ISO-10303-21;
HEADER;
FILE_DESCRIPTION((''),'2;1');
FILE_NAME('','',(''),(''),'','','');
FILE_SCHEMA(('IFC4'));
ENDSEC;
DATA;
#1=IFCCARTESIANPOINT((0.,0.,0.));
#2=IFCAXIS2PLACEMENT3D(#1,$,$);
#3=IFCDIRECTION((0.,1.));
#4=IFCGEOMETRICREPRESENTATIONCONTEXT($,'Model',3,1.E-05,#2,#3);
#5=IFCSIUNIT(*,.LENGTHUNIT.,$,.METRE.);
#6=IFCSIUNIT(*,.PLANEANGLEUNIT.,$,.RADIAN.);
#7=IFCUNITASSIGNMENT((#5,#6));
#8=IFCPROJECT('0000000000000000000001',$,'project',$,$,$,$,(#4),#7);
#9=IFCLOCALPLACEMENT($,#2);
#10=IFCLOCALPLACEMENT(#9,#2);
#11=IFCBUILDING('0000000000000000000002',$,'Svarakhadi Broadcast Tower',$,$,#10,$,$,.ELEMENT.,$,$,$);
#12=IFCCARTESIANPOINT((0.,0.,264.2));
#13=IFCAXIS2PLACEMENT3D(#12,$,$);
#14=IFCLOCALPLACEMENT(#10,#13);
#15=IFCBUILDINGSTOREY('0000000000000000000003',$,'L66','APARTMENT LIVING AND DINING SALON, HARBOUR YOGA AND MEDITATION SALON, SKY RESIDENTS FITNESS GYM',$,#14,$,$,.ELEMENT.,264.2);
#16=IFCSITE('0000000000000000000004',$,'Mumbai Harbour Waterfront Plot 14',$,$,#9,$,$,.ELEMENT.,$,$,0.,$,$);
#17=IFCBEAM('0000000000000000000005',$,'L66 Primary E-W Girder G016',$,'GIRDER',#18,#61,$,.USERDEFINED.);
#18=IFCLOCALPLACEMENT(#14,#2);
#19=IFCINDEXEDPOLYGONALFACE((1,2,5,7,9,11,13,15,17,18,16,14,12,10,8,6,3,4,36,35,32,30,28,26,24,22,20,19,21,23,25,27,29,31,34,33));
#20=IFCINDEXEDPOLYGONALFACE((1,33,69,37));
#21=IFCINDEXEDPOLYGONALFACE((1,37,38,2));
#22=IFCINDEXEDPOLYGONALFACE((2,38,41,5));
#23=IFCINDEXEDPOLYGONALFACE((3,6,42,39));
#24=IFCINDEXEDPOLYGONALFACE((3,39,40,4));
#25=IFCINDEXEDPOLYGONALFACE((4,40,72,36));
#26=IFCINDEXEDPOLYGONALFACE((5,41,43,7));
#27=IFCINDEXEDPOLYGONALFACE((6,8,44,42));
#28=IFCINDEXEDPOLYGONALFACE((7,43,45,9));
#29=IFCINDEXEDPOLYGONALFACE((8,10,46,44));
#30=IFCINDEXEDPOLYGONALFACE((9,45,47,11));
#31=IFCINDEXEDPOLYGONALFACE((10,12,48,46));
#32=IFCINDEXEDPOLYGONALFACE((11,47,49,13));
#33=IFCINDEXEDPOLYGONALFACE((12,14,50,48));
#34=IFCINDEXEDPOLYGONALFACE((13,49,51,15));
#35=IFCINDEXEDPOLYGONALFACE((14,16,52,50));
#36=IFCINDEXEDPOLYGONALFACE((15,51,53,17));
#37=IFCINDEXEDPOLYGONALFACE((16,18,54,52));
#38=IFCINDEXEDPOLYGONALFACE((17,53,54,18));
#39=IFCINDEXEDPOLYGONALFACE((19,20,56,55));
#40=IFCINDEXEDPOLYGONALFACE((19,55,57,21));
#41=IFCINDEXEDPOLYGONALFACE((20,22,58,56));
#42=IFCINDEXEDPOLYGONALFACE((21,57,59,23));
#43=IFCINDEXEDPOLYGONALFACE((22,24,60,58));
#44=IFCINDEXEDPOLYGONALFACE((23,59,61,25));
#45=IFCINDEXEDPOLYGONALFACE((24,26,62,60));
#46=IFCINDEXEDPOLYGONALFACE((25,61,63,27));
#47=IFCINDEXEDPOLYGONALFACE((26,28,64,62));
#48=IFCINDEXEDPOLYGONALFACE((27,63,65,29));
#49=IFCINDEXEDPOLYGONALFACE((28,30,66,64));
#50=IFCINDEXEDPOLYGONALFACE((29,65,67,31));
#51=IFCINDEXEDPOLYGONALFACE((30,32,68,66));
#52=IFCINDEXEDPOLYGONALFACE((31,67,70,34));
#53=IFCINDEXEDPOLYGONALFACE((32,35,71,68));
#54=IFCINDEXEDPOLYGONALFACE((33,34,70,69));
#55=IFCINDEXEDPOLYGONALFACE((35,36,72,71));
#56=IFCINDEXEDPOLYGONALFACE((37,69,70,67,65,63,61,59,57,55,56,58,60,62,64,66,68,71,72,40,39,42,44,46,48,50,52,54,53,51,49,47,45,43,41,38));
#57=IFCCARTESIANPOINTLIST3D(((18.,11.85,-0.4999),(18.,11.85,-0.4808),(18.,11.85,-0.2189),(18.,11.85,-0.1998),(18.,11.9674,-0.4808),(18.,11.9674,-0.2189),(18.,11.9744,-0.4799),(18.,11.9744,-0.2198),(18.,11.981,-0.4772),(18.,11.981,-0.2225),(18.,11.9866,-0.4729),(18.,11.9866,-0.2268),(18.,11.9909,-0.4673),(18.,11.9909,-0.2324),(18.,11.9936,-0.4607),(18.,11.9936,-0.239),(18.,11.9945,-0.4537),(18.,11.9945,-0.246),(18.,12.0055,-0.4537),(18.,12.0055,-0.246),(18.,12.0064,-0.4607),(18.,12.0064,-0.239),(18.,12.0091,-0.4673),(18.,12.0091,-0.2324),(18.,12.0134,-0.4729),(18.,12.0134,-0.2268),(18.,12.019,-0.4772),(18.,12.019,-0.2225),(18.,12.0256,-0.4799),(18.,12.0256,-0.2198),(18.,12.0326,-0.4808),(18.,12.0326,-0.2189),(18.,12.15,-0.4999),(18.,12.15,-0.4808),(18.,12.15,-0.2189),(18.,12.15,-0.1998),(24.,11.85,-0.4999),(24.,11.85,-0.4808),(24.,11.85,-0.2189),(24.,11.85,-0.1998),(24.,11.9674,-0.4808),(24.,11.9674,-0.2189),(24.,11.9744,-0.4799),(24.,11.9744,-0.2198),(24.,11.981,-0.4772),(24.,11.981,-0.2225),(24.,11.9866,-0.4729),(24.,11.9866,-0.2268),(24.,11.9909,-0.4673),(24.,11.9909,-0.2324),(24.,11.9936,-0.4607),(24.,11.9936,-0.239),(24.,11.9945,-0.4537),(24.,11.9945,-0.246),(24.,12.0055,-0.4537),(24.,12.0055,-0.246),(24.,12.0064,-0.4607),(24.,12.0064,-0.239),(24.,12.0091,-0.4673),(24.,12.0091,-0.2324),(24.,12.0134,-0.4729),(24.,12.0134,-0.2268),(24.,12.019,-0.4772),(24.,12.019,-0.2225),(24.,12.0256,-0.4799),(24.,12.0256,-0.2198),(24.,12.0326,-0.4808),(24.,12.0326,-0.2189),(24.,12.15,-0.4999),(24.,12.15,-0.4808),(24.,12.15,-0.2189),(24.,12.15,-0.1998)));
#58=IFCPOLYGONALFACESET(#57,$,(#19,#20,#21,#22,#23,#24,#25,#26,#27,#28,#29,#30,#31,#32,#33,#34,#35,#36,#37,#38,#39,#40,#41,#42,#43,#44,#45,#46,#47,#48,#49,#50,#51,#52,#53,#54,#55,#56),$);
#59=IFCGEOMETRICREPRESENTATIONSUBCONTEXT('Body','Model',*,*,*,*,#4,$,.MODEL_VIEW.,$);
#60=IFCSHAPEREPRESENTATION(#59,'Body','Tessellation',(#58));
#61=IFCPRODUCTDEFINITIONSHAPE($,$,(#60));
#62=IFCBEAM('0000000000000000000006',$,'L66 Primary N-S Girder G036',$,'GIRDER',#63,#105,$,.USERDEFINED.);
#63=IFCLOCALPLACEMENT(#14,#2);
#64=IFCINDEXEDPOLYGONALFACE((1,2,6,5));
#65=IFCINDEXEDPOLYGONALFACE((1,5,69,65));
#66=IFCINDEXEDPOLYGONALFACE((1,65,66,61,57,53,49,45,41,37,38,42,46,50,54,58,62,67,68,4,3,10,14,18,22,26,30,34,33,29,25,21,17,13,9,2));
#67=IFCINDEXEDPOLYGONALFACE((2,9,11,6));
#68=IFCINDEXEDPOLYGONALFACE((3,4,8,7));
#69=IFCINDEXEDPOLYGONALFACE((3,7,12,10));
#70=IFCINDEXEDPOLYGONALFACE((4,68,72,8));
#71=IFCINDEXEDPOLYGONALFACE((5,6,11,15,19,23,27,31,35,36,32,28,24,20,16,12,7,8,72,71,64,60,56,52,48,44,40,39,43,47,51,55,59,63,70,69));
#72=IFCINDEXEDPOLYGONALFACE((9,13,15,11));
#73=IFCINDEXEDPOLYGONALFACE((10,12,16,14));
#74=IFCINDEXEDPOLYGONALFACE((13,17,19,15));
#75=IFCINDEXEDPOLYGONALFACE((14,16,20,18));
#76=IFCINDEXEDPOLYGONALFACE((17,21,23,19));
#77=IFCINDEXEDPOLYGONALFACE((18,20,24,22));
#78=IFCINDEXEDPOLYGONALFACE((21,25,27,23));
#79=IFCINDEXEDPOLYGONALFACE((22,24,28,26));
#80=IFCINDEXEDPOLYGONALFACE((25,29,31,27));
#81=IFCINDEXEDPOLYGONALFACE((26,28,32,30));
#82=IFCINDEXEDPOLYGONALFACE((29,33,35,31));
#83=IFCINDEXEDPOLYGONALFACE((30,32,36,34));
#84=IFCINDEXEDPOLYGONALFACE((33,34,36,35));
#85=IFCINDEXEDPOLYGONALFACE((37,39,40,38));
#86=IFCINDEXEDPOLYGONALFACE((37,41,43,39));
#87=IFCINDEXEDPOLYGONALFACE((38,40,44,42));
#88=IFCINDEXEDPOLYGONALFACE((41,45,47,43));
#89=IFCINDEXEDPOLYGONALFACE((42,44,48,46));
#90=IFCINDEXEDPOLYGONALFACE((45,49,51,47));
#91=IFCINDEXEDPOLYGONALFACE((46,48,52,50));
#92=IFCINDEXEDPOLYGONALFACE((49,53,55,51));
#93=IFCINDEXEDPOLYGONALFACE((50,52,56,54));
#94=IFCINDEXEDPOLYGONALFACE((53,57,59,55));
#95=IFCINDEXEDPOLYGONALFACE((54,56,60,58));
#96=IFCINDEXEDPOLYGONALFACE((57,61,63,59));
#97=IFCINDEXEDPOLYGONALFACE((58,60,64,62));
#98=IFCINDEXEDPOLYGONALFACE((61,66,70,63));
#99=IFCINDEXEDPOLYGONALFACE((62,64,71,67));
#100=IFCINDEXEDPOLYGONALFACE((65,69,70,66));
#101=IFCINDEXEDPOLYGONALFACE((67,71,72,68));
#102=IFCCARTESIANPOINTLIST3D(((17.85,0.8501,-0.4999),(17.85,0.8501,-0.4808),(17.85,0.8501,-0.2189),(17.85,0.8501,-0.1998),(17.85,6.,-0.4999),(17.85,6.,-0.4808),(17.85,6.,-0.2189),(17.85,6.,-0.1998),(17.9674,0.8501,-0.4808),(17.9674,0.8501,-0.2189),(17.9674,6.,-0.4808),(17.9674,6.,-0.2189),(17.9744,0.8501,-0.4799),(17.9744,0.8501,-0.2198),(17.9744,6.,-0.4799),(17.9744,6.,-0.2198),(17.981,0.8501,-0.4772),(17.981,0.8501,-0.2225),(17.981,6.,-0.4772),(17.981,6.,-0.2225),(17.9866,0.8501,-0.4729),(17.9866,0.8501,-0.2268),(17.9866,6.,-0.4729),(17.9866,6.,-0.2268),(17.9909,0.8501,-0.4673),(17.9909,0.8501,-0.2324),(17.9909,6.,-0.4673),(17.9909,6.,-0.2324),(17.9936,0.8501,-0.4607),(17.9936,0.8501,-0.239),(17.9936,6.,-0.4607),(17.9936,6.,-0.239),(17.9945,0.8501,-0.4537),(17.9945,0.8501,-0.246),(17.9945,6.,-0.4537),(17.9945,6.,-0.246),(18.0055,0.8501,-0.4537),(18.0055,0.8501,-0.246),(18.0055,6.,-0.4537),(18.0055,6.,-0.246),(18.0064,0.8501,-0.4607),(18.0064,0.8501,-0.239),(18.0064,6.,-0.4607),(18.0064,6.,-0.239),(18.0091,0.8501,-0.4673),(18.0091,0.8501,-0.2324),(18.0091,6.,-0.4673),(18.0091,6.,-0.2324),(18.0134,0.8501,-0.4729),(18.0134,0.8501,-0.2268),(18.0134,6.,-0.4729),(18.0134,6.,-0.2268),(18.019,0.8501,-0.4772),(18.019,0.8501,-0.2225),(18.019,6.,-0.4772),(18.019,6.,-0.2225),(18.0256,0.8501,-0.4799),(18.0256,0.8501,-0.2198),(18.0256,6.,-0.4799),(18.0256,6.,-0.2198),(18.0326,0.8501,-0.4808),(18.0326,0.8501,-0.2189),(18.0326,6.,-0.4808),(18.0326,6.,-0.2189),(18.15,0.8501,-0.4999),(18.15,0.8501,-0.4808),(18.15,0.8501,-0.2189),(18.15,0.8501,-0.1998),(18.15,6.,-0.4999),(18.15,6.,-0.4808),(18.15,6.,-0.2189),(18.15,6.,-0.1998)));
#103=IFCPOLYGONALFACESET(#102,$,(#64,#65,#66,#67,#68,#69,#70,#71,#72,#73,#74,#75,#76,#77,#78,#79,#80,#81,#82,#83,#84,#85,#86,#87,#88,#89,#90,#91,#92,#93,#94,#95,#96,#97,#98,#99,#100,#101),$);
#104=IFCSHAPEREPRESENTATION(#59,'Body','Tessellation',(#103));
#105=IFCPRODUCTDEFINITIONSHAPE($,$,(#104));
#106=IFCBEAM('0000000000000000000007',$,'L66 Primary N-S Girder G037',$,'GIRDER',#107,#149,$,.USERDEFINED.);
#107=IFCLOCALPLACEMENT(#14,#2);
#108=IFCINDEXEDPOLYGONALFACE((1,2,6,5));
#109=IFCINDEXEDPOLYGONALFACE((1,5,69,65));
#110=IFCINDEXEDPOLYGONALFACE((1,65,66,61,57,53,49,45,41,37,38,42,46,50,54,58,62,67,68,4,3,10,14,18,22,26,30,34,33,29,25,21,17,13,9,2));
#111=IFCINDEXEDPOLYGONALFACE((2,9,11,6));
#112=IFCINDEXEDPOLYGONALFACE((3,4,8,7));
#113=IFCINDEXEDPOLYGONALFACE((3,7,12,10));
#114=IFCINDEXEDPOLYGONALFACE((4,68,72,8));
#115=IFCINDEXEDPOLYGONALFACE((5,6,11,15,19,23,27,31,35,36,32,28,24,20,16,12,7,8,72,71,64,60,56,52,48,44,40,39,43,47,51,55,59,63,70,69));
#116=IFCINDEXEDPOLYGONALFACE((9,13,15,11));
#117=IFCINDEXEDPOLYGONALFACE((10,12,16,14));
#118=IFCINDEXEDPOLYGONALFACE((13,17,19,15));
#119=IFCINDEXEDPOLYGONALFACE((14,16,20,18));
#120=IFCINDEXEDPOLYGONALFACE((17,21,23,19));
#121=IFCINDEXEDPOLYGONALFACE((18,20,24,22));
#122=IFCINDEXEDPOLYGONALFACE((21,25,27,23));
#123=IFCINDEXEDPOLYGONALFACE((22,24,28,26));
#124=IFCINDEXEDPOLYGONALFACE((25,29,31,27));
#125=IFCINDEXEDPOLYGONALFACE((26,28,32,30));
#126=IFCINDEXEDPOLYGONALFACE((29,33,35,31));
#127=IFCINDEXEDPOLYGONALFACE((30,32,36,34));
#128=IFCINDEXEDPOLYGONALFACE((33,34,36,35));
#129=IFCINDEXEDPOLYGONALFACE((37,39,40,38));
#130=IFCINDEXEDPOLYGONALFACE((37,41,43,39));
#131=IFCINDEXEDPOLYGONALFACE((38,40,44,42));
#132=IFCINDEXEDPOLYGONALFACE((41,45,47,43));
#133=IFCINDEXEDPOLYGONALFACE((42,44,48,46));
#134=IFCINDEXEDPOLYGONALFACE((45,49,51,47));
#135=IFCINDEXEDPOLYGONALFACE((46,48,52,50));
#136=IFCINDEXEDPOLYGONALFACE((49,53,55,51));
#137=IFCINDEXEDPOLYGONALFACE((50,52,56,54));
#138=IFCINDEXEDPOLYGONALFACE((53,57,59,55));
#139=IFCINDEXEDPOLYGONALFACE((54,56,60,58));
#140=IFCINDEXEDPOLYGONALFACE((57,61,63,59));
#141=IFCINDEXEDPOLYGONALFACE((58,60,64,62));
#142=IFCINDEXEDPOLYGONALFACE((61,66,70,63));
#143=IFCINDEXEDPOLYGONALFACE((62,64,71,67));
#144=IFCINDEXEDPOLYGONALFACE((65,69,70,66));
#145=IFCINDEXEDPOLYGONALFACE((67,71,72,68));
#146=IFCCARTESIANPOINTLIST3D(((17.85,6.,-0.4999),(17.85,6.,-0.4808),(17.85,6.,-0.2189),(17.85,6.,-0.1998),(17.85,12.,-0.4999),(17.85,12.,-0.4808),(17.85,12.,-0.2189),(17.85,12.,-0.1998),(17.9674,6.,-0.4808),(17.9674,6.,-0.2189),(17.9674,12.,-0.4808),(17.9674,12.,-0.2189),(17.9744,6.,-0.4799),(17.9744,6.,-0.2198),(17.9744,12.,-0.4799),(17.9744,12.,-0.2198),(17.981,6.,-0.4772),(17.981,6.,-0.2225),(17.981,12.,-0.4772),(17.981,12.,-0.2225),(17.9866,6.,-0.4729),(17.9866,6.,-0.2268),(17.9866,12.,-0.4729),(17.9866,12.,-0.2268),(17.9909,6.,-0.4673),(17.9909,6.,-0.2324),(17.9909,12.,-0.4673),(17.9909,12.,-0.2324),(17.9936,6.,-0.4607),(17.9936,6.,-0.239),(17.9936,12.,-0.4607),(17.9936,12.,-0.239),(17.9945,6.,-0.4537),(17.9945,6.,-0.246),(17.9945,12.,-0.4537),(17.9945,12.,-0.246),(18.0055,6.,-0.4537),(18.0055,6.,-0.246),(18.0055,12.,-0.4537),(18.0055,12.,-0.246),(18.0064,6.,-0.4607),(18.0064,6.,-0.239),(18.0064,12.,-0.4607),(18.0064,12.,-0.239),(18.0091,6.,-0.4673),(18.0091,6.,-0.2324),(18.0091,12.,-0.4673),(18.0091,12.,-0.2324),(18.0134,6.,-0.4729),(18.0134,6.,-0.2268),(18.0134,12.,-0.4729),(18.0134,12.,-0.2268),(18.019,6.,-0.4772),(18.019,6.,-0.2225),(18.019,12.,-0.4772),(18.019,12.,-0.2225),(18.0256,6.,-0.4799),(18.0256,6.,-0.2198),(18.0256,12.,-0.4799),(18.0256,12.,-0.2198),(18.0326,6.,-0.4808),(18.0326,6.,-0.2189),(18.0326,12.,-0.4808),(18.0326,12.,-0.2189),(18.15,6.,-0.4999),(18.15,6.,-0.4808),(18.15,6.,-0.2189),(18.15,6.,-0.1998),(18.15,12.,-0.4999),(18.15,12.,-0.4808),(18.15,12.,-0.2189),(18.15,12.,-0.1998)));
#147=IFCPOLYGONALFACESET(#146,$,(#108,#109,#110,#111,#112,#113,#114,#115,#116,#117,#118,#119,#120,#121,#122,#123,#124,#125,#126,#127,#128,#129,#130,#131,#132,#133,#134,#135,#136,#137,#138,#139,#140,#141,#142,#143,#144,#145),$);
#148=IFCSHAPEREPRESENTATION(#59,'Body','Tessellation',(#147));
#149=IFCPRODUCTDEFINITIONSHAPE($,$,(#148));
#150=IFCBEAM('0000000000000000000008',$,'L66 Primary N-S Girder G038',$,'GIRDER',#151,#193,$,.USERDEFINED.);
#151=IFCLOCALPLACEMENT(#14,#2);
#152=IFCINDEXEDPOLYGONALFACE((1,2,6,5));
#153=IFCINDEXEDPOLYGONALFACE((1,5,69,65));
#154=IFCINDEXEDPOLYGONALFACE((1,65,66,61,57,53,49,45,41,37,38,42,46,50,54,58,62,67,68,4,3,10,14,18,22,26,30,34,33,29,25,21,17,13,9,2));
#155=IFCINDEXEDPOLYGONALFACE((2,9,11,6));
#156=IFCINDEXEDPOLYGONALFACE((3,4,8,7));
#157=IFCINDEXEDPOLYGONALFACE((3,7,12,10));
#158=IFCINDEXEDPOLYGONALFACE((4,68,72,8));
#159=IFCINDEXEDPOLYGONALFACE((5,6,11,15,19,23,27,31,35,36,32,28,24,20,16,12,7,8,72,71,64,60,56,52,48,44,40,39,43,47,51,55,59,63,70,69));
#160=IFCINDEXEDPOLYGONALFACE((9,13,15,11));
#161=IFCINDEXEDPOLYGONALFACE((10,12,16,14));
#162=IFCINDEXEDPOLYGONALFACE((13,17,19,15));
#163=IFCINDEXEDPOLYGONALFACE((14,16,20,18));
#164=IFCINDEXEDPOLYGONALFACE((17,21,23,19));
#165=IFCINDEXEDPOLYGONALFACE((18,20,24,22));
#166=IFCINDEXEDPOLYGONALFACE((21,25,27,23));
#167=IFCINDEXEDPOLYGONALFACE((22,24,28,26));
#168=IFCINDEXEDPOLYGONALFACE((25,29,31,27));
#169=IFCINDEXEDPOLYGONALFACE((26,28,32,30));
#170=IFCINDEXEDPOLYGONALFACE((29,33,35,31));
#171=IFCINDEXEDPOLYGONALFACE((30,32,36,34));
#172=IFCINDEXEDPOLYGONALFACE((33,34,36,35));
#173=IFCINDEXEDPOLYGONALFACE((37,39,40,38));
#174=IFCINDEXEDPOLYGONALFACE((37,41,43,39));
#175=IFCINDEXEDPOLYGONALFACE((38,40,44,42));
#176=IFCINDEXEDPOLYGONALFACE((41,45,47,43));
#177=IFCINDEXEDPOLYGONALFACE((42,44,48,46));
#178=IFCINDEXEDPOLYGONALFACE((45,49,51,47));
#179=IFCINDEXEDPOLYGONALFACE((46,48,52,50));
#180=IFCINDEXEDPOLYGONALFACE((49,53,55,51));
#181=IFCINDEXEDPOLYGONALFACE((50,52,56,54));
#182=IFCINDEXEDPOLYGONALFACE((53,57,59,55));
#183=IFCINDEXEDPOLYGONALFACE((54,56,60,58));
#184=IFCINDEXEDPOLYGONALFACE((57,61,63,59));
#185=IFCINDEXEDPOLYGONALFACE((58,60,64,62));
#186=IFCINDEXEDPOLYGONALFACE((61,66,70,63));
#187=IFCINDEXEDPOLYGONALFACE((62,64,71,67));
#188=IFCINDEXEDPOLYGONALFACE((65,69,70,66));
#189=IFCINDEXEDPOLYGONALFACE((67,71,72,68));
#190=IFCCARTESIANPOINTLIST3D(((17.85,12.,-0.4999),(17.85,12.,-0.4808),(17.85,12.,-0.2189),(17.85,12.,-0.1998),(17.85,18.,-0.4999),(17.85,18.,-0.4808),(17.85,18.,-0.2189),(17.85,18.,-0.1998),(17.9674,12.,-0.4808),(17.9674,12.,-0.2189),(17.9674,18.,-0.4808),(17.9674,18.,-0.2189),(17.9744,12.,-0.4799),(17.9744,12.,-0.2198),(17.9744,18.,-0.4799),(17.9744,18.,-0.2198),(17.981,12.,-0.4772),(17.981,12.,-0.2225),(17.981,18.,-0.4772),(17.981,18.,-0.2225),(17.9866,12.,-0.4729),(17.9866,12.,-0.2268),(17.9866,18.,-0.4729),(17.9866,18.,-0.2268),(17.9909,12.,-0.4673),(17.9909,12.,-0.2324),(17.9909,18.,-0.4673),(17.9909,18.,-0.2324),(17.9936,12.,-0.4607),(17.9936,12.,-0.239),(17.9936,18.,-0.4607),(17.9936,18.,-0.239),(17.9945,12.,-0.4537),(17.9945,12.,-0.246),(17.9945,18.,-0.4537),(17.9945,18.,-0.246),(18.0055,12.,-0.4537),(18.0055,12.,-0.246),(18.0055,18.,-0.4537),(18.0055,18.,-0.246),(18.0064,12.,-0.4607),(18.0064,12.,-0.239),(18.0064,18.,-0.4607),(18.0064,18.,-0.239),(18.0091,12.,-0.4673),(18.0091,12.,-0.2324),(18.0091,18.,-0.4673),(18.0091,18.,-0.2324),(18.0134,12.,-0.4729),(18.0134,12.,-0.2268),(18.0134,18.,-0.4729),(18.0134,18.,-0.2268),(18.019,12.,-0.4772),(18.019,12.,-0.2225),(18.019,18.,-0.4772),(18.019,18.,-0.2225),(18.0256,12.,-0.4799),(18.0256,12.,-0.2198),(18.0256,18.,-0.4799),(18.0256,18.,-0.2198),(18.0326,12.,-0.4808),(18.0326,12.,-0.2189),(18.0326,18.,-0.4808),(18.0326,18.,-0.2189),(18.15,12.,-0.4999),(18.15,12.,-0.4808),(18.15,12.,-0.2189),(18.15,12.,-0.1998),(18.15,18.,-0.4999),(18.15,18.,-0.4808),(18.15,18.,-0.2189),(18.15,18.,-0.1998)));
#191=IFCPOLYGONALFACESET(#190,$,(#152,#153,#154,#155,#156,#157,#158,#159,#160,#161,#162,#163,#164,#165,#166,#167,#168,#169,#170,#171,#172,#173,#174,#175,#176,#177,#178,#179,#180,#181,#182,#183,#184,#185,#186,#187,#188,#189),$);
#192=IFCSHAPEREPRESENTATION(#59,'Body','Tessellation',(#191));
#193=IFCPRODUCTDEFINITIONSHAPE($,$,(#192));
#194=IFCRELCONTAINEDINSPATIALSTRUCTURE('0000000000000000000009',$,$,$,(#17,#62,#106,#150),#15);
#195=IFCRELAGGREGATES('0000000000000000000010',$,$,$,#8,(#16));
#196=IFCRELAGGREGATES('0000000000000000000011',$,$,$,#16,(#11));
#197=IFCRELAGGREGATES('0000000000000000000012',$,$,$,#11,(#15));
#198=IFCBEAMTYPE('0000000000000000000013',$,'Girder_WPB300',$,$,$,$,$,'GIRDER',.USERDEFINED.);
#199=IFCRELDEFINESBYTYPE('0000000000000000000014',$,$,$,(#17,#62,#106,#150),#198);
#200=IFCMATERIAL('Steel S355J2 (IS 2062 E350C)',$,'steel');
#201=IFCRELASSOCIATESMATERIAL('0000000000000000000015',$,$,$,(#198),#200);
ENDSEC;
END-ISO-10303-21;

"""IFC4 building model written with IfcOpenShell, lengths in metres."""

from ifc_helpers import new_model, si_unit, direction, frame, origin, origin_2d, place, context, subcontext, project, spatial, i_section, extrude, material, material_profile, profile_set, type_object, element, save


model = new_model("IFC4")

# Units and contexts
model_context = context("Model", 3, precision=1e-05, world=origin(), true_north=direction((0.0, 1.0)))
body_context = subcontext(model_context, "Body", "Model", "MODEL_VIEW")
ifc_project = project(units=[si_unit("LENGTHUNIT", "METRE"), si_unit("PLANEANGLEUNIT", "RADIAN")], contexts=[model_context])

# Site, building, storey
site_placement = place(None, origin())
site = spatial("IfcSite", under=ifc_project, at=site_placement, Name="Mumbai Harbour Waterfront Plot 14", CompositionType="ELEMENT", RefElevation=0.0)
building_placement = place(site_placement, origin())
building = spatial("IfcBuilding", under=site, at=building_placement, Name="Svarakhadi Broadcast Tower", CompositionType="ELEMENT")
storey_placement = place(building_placement, frame((0.0, 0.0, 264.2)))
storey = spatial("IfcBuildingStorey", under=building, at=storey_placement, Name="L66", Description="APARTMENT LIVING AND DINING SALON, HARBOUR YOGA AND MEDITATION SALON, SKY RESIDENTS FITNESS GYM", CompositionType="ELEMENT", Elevation=264.2)

# Shared definitions
ifc_material_1 = material(Name="Steel S355J2 (IS 2062 E350C)", Category="steel")

# Beams
ifc_material_profile_1 = material_profile(ifc_material_1, i_section(OverallWidth=0.3, OverallDepth=0.3, WebThickness=0.011, FlangeThickness=0.019, FilletRadius=0.0271, at=origin_2d()), Name="WPB 300x300x117")
ifc_profile_set_1 = profile_set([ifc_material_profile_1], Name="Steel S355J2 (IS 2062 E350C)")
beam_type_1 = type_object("IfcBeamType", Name="Girder_WPB300", ElementType="GIRDER", PredefinedType="USERDEFINED", material=ifc_profile_set_1)
for number, where, z_axis, x_axis, name in (
    (1, (18.0, 12.0, -0.3499), (1.0, 0.0, 0.0), (0.0, 1.0, 0.0), "L66 Primary E-W Girder G016"),
):
    element("IfcBeam", number, at=place(storey_placement, frame(where, z_axis=z_axis, x_axis=x_axis)), inside=storey, type_object=beam_type_1, Name=name, ObjectType="GIRDER", PredefinedType="USERDEFINED", context=body_context, shape_type="SweptSolid", body=[
        extrude(i_section(OverallWidth=0.3, OverallDepth=0.3, WebThickness=0.011, FlangeThickness=0.019, FilletRadius=0.0271, at=origin_2d()), origin(), (0.0, 0.0, 1.0), 6.0),
    ])
beam_placement = place(storey_placement, frame((18.0, 0.8501, -0.3499), z_axis=(0.0, 1.0, 0.0), x_axis=(-1.0, 0.0, 0.0)))
element("IfcBeam", 2, at=beam_placement, inside=storey, type_object=beam_type_1, Name="L66 Primary N-S Girder G036", ObjectType="GIRDER", PredefinedType="USERDEFINED", context=body_context, shape_type="SweptSolid", body=[
    extrude(i_section(OverallWidth=0.3, OverallDepth=0.3, WebThickness=0.011, FlangeThickness=0.019, FilletRadius=0.0271, at=origin_2d()), origin(), (0.0, 0.0, 1.0), 5.1499),
])
for number, where, z_axis, x_axis, name in (
    (3, (18.0, 6.0, -0.3499), (0.0, 1.0, 0.0), (-1.0, 0.0, 0.0), "L66 Primary N-S Girder G037"),
    (4, (18.0, 12.0, -0.3499), (0.0, 1.0, 0.0), (-1.0, 0.0, 0.0), "L66 Primary N-S Girder G038"),
):
    element("IfcBeam", number, at=place(storey_placement, frame(where, z_axis=z_axis, x_axis=x_axis)), inside=storey, type_object=beam_type_1, Name=name, ObjectType="GIRDER", PredefinedType="USERDEFINED", context=body_context, shape_type="SweptSolid", body=[
        extrude(i_section(OverallWidth=0.3, OverallDepth=0.3, WebThickness=0.011, FlangeThickness=0.019, FilletRadius=0.0271, at=origin_2d()), origin(), (0.0, 0.0, 1.0), 6.0),
    ])

save(model, "model.ifc")
